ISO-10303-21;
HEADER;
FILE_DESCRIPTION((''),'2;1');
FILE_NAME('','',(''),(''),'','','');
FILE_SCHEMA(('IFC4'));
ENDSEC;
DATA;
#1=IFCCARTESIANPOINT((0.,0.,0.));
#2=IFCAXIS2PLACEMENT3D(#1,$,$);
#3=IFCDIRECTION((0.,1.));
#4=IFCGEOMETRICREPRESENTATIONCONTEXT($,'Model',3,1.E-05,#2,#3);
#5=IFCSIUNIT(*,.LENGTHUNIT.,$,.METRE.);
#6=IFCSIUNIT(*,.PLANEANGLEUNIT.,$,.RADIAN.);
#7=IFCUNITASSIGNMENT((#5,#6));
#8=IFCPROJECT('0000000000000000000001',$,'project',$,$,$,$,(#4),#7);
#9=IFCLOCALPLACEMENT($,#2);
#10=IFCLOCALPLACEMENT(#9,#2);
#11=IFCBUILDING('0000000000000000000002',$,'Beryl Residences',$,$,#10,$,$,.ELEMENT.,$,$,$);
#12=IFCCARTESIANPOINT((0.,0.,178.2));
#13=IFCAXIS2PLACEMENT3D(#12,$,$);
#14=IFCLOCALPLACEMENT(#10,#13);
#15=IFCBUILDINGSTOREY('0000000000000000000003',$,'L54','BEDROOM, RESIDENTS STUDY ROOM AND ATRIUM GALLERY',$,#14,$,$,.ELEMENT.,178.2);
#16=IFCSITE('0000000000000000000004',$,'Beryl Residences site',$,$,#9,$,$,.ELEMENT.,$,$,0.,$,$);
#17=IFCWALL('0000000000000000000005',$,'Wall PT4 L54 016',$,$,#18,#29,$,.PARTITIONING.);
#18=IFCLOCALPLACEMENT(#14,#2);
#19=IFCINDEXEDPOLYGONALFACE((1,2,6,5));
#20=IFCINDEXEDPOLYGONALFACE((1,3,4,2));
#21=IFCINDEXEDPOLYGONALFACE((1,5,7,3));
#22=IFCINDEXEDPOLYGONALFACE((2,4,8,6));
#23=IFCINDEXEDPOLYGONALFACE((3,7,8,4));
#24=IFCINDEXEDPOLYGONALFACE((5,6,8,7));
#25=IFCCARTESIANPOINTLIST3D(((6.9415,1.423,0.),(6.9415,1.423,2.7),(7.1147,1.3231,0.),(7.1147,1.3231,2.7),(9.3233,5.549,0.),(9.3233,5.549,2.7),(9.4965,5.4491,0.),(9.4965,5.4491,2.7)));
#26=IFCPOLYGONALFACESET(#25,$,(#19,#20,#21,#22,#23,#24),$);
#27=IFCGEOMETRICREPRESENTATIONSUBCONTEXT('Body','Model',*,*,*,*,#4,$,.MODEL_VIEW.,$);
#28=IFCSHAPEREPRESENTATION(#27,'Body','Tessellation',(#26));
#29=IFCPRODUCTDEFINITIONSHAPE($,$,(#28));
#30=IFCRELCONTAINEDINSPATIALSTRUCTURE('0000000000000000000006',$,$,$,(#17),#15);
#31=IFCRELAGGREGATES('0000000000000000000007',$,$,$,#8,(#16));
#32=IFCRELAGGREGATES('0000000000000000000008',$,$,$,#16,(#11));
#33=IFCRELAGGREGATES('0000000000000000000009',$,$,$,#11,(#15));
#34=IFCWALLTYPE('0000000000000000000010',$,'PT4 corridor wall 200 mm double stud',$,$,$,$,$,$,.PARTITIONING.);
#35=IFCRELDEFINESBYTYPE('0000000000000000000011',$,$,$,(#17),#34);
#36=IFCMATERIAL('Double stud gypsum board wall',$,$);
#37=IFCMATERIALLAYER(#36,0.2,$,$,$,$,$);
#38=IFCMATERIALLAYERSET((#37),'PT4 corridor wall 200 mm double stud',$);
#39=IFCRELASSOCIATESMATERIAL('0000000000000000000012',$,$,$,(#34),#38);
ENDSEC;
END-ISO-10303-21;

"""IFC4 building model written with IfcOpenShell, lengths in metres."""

from ifc_helpers import new_model, si_unit, direction, frame, frame_2d, origin, place, context, subcontext, project, spatial, rectangle, extrude, material, layer, layer_set, type_object, element, save


model = new_model("IFC4")

# Units and contexts
model_context = context("Model", 3, precision=1e-05, world=origin(), true_north=direction((0.0, 1.0)))
body_context = subcontext(model_context, "Body", "Model", "MODEL_VIEW")
ifc_project = project(units=[si_unit("LENGTHUNIT", "METRE"), si_unit("PLANEANGLEUNIT", "RADIAN")], contexts=[model_context])

# Site, building, storey
site_placement = place(None, origin())
site = spatial("IfcSite", under=ifc_project, at=site_placement, Name="Beryl Residences site", CompositionType="ELEMENT", RefElevation=0.0)
building_placement = place(site_placement, origin())
building = spatial("IfcBuilding", under=site, at=building_placement, Name="Beryl Residences", CompositionType="ELEMENT")
storey_placement = place(building_placement, frame((0.0, 0.0, 178.2)))
storey = spatial("IfcBuildingStorey", under=building, at=storey_placement, Name="L54", Description="BEDROOM, RESIDENTS STUDY ROOM AND ATRIUM GALLERY", CompositionType="ELEMENT", Elevation=178.2)

# Shared definitions
ifc_material_1 = material(Name="Double stud gypsum board wall")
ifc_layer_1 = layer(ifc_material_1, 0.2)
ifc_layer_set_1 = layer_set([ifc_layer_1], Name="PT4 corridor wall 200 mm double stud")
wall_type_1 = type_object("IfcWallType", Name="PT4 corridor wall 200 mm double stud", PredefinedType="PARTITIONING", material=ifc_layer_set_1)

# Wall
wall_1_placement = place(storey_placement, frame((7.0281, 1.373, 0.0), z_axis=(0.0, 0.0, 1.0), x_axis=(0.499953, 0.866052, 0.0)))
element("IfcWall", 1, at=wall_1_placement, inside=storey, type_object=wall_type_1, Name="Wall PT4 L54 016", PredefinedType="PARTITIONING", context=body_context, shape_type="SweptSolid", body=[
    extrude(rectangle(XDim=4.7642, YDim=0.2, at=frame_2d((2.3821, 0.0))), origin(), (0.0, 0.0, 1.0), 2.7),
])

save(model, "model.ifc")
